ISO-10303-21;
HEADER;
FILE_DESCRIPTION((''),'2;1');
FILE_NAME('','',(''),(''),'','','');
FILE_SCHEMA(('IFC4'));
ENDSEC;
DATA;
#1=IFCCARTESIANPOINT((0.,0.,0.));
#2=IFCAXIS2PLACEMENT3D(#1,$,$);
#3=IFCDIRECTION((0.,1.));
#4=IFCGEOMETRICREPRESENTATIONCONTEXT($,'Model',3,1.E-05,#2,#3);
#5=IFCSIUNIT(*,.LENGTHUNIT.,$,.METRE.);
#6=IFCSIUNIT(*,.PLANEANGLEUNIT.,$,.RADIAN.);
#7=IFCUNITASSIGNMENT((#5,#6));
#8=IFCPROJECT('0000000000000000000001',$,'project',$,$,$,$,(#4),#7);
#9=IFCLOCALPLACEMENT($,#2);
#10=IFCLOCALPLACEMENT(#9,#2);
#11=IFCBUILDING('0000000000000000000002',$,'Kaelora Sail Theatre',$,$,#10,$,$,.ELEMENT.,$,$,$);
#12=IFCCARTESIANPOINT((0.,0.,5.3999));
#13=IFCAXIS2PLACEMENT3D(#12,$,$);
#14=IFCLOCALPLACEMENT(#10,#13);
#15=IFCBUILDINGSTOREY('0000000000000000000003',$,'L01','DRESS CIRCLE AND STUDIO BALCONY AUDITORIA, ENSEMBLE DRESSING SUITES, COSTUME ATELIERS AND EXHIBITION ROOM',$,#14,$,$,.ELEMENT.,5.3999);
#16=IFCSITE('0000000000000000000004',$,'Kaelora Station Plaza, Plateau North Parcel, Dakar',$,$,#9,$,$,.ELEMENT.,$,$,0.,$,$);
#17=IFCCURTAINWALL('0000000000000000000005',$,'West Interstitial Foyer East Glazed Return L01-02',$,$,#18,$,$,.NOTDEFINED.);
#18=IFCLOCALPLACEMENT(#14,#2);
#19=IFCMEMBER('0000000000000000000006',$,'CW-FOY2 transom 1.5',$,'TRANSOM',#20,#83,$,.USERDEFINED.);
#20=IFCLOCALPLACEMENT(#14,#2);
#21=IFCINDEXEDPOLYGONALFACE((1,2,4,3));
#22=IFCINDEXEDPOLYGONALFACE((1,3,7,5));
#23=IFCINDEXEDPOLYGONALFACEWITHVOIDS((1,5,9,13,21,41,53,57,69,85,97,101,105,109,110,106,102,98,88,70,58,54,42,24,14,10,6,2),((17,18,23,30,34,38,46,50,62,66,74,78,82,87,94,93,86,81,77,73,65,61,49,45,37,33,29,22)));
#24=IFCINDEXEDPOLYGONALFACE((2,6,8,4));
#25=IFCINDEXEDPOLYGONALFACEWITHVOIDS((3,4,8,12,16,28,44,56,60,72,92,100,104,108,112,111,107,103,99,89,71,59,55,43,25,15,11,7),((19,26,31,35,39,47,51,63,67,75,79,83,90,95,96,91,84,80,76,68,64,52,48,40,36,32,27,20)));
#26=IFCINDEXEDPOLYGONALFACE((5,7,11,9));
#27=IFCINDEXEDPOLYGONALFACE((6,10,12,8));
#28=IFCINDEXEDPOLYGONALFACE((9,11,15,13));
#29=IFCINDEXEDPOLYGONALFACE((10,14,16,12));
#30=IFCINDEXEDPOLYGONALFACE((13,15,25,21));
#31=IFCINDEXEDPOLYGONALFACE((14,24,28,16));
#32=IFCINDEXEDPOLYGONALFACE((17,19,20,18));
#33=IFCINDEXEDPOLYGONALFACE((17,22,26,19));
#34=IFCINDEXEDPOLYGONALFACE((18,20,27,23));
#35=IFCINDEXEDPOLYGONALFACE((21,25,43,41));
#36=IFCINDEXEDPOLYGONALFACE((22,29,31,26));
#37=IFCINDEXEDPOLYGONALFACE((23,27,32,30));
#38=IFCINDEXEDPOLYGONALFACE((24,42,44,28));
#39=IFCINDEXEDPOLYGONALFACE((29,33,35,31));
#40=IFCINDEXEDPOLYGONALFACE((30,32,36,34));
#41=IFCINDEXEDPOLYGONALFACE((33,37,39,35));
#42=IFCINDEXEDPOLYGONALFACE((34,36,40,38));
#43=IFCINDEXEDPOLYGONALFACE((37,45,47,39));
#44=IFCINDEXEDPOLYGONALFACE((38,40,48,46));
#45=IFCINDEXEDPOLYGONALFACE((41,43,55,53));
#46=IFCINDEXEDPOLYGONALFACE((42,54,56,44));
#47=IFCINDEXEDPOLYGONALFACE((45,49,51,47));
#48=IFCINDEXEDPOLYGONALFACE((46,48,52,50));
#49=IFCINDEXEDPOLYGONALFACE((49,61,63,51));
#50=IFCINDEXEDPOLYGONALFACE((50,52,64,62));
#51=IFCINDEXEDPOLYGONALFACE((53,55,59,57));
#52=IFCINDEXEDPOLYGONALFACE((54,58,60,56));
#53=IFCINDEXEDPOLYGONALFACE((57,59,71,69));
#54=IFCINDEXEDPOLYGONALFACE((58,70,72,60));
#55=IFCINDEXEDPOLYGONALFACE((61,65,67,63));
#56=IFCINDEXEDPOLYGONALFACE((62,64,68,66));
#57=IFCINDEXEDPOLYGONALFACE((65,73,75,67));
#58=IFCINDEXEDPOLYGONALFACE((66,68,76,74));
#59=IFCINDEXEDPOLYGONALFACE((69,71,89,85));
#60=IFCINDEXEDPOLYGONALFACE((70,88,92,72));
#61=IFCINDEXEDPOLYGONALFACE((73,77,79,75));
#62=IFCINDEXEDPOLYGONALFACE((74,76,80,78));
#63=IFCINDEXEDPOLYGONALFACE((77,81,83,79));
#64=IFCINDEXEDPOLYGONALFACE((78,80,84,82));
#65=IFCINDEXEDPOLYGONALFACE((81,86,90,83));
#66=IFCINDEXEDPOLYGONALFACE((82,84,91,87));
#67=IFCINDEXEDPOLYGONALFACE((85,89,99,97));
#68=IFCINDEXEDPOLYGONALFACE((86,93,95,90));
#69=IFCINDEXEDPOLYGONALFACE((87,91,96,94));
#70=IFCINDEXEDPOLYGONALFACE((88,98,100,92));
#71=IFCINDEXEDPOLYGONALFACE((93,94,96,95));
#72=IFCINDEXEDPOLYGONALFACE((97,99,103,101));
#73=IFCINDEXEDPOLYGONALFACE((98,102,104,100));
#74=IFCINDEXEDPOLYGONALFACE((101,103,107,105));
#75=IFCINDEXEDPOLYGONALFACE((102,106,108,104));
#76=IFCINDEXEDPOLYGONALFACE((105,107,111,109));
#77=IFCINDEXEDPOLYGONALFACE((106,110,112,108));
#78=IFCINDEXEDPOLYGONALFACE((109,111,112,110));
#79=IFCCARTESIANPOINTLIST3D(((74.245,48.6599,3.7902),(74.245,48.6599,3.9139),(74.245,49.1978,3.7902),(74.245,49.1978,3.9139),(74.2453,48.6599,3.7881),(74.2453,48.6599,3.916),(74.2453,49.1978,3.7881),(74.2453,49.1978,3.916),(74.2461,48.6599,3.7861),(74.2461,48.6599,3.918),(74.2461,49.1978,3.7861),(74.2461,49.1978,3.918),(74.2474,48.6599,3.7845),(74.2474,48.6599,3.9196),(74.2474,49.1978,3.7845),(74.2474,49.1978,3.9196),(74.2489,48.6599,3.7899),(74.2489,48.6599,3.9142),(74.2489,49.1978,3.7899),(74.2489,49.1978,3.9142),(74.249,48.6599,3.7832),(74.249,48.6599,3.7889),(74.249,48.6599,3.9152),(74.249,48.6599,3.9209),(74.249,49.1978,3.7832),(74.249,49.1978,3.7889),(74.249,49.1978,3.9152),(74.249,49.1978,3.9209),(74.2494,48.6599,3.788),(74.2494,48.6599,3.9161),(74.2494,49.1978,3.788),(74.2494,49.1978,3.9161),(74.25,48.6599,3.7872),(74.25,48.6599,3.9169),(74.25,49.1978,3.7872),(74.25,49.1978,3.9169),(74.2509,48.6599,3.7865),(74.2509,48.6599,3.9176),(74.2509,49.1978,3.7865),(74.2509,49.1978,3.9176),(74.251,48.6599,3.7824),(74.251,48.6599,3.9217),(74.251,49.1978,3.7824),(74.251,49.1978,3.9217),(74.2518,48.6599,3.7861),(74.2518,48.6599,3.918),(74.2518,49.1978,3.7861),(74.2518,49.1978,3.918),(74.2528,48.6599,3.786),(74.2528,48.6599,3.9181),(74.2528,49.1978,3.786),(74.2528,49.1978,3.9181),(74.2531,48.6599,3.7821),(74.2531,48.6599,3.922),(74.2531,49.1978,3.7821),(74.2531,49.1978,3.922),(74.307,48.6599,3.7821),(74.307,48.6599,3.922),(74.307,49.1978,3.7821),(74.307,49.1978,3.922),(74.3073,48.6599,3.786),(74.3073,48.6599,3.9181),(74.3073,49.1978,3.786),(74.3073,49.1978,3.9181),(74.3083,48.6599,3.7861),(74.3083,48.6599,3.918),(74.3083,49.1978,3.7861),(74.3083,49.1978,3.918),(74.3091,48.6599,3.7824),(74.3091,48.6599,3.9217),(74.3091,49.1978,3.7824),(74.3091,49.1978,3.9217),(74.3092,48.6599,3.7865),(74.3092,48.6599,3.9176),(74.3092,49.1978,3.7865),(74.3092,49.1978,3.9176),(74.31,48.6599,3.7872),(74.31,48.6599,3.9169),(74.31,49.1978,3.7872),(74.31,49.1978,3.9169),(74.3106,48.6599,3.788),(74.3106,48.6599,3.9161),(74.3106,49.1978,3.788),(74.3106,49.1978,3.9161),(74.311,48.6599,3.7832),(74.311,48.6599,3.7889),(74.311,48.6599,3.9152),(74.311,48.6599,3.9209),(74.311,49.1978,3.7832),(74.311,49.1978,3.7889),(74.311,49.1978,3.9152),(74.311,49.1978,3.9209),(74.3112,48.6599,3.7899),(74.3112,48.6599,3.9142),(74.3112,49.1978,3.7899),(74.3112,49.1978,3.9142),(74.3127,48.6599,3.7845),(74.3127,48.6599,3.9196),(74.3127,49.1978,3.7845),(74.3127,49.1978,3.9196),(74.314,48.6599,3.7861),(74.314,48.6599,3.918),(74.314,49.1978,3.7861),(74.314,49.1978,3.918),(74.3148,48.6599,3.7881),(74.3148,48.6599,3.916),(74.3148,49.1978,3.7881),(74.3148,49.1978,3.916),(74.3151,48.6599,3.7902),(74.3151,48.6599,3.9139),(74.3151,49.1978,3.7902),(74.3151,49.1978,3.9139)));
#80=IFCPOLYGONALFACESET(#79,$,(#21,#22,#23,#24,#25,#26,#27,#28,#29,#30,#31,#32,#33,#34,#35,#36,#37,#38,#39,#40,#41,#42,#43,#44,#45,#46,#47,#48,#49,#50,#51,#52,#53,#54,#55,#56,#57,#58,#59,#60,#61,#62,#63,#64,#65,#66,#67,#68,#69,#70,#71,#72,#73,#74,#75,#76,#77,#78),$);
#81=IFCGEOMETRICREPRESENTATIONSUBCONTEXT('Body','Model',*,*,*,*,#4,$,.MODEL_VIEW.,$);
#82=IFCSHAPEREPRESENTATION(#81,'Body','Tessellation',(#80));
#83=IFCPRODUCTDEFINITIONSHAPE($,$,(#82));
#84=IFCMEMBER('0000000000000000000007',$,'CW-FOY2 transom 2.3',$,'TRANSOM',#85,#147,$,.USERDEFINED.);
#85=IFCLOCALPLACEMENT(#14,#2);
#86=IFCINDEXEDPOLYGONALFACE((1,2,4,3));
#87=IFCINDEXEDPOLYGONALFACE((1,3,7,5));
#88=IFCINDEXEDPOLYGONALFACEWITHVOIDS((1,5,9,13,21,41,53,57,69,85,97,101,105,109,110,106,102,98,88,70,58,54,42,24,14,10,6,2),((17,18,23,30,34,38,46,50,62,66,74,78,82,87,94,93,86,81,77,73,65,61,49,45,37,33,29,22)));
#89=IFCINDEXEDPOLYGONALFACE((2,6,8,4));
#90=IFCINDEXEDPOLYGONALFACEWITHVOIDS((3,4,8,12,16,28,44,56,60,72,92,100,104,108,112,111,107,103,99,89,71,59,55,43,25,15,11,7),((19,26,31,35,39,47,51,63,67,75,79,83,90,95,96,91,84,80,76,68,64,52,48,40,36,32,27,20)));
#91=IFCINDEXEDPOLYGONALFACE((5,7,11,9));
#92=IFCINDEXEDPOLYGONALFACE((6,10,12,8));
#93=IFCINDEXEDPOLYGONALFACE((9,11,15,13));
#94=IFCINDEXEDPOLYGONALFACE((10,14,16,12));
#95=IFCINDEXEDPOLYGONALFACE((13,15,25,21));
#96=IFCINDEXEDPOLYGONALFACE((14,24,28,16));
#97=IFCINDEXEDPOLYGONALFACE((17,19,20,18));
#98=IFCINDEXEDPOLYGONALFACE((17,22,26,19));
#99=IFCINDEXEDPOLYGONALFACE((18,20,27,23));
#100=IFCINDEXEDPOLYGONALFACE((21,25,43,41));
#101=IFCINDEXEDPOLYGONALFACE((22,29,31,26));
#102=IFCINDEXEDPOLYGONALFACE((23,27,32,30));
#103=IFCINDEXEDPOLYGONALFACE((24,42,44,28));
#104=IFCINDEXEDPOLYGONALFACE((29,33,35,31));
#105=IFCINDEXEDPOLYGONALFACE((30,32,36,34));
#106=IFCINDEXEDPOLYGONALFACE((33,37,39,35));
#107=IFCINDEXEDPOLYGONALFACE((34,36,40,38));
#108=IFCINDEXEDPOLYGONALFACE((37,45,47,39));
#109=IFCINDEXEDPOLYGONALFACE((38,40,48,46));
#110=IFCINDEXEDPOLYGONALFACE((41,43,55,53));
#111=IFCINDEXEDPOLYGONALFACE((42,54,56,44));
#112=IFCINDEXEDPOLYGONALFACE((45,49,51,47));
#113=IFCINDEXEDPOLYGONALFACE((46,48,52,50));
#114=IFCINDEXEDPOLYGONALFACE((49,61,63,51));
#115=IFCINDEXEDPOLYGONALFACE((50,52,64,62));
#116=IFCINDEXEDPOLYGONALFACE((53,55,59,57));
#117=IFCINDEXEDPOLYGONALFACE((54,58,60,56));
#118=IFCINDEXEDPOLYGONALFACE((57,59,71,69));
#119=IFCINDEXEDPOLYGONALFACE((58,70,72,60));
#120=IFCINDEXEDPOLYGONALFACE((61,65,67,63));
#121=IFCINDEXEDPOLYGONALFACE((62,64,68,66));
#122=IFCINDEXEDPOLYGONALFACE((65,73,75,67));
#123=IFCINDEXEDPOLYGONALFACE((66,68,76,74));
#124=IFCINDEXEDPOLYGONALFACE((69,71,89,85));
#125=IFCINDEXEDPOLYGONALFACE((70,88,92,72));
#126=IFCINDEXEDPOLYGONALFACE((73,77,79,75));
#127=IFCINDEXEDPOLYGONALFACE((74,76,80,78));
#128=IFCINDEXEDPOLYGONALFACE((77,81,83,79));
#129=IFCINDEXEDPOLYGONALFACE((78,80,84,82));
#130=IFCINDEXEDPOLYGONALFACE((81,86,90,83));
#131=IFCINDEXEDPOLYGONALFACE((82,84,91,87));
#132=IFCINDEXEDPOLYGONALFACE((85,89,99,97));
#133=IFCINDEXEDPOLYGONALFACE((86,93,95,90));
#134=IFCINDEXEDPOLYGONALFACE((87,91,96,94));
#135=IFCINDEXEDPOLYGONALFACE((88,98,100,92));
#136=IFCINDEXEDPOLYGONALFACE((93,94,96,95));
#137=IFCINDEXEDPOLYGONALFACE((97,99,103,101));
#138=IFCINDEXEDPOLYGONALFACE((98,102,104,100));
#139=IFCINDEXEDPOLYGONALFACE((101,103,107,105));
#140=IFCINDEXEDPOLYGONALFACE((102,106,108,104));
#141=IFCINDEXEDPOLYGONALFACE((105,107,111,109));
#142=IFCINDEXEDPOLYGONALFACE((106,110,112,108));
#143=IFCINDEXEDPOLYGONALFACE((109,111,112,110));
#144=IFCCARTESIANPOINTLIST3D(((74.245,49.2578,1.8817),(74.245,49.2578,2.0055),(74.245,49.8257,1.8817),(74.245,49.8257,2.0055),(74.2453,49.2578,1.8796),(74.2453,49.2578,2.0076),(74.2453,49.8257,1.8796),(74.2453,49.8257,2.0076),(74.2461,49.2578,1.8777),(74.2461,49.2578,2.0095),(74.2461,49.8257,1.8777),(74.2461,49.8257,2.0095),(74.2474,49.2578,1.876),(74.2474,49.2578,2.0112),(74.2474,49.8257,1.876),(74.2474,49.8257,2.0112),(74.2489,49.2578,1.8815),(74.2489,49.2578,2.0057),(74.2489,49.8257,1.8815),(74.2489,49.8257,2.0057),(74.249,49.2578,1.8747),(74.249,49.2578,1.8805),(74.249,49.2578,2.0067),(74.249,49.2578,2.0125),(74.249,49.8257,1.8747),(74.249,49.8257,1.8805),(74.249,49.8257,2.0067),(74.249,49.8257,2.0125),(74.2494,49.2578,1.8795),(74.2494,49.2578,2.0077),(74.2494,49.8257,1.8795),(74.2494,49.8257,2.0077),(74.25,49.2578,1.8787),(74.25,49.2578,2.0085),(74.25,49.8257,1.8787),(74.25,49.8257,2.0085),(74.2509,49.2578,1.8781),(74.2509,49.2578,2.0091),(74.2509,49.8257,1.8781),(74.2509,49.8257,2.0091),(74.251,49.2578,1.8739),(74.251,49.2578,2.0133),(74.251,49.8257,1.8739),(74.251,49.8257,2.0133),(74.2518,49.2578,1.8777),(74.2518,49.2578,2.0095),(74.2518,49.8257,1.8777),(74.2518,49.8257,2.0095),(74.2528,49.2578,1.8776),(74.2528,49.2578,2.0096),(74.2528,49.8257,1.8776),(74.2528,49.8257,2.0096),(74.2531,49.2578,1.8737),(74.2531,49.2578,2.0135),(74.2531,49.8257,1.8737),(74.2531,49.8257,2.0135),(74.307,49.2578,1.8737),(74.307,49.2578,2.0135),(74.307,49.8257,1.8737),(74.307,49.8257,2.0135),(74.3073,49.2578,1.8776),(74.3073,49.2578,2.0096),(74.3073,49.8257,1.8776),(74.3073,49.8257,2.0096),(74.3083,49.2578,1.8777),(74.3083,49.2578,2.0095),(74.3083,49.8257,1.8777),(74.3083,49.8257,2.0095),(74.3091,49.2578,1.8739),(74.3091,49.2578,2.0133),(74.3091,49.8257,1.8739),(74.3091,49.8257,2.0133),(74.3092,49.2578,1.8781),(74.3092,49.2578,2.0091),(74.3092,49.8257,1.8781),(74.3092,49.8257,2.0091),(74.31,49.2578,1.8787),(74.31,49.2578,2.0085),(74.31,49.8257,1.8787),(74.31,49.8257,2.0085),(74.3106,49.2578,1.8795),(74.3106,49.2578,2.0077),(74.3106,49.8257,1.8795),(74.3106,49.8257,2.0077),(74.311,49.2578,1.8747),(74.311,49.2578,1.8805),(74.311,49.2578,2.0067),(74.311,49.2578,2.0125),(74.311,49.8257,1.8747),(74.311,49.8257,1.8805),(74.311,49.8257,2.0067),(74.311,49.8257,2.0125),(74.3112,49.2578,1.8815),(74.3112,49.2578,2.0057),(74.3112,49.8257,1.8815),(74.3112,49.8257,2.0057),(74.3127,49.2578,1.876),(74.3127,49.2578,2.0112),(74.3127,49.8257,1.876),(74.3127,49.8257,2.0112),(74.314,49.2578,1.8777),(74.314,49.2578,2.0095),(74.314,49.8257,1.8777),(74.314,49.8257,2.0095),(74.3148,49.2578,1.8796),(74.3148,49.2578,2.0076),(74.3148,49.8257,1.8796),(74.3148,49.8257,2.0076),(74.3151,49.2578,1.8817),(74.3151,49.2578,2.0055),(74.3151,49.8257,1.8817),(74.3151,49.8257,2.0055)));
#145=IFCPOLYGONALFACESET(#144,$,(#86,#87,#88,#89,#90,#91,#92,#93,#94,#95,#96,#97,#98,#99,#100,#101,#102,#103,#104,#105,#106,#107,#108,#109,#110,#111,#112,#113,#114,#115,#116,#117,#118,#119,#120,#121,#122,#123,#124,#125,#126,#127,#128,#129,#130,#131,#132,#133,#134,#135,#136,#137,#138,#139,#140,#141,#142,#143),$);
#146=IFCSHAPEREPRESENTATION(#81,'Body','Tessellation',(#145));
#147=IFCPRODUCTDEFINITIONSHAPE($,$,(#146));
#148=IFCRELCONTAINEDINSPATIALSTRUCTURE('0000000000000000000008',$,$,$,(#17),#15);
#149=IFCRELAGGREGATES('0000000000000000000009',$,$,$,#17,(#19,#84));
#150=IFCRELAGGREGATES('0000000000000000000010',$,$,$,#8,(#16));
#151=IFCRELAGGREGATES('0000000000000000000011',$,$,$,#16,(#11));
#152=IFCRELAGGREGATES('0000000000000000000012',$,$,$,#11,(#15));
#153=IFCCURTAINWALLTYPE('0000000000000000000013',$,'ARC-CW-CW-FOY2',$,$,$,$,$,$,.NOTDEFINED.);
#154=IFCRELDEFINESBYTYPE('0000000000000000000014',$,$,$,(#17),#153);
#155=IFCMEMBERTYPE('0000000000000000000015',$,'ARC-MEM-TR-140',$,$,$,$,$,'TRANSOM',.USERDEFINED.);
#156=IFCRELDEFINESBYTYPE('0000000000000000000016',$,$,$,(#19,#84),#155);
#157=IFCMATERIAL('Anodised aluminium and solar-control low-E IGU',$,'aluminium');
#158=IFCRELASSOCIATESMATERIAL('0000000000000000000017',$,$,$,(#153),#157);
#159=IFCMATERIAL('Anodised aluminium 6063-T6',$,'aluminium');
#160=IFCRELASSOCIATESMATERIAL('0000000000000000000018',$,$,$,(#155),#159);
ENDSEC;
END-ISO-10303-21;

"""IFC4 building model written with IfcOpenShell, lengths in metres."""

from ifc_helpers import new_model, si_unit, direction, frame, origin, origin_2d, place, context, subcontext, project, spatial, hollow_rectangle, extrude, material, material_profile, profile_set, type_object, element, aggregate, save


model = new_model("IFC4")

# Units and contexts
model_context = context("Model", 3, precision=1e-05, world=origin(), true_north=direction((0.0, 1.0)))
body_context = subcontext(model_context, "Body", "Model", "MODEL_VIEW")
ifc_project = project(units=[si_unit("LENGTHUNIT", "METRE"), si_unit("PLANEANGLEUNIT", "RADIAN")], contexts=[model_context])

# Site, building, storey
site_placement = place(None, origin())
site = spatial("IfcSite", under=ifc_project, at=site_placement, Name="Kaelora Station Plaza, Plateau North Parcel, Dakar", CompositionType="ELEMENT", RefElevation=0.0)
building_placement = place(site_placement, origin())
building = spatial("IfcBuilding", under=site, at=building_placement, Name="Kaelora Sail Theatre", CompositionType="ELEMENT")
storey_placement = place(building_placement, frame((0.0, 0.0, 5.3999)))
storey = spatial("IfcBuildingStorey", under=building, at=storey_placement, Name="L01", Description="DRESS CIRCLE AND STUDIO BALCONY AUDITORIA, ENSEMBLE DRESSING SUITES, COSTUME ATELIERS AND EXHIBITION ROOM", CompositionType="ELEMENT", Elevation=5.3999)

# Curtain wall, members
ifc_material_1 = material(Name="Anodised aluminium and solar-control low-E IGU", Category="aluminium")
curtain_wall_type = type_object("IfcCurtainWallType", Name="ARC-CW-CW-FOY2", PredefinedType="NOTDEFINED", material=ifc_material_1)
curtain_wall_1_placement = place(storey_placement, origin())
curtain_wall_1 = element("IfcCurtainWall", 1, at=curtain_wall_1_placement, inside=storey, type_object=curtain_wall_type, Name="West Interstitial Foyer East Glazed Return L01-02", PredefinedType="NOTDEFINED")
ifc_material_2 = material(Name="Anodised aluminium 6063-T6", Category="aluminium")
ifc_material_profile = material_profile(ifc_material_2, hollow_rectangle(XDim=0.0701, YDim=0.1399, WallThickness=0.0039, InnerFilletRadius=0.0039, OuterFilletRadius=0.0081, at=origin_2d()), Name="ALU-TRAN 70x140x4")
ifc_profile_set = profile_set([ifc_material_profile], Name="Anodised aluminium 6063-T6")
member_type = type_object("IfcMemberType", Name="ARC-MEM-TR-140", ElementType="TRANSOM", PredefinedType="USERDEFINED", material=ifc_profile_set)
member_1_placement = place(storey_placement, frame((74.28, 48.6599, 3.8521), z_axis=(0.0, 1.0, 0.0), x_axis=(-1.0, 0.0, 0.0)))
member_1 = element("IfcMember", 2, at=member_1_placement, type_object=member_type, Name="CW-FOY2 transom 1.5", ObjectType="TRANSOM", PredefinedType="USERDEFINED", context=body_context, shape_type="SweptSolid", body=[
    extrude(hollow_rectangle(XDim=0.0701, YDim=0.1399, WallThickness=0.0039, InnerFilletRadius=0.0039, OuterFilletRadius=0.0081, at=origin_2d()), origin(), (0.0, 0.0, 1.0), 0.5378),
])
member_2_placement = place(storey_placement, frame((74.28, 49.2578, 1.9436), z_axis=(0.0, 1.0, 0.0), x_axis=(-1.0, 0.0, 0.0)))
member_2 = element("IfcMember", 3, at=member_2_placement, type_object=member_type, Name="CW-FOY2 transom 2.3", ObjectType="TRANSOM", PredefinedType="USERDEFINED", context=body_context, shape_type="SweptSolid", body=[
    extrude(hollow_rectangle(XDim=0.0701, YDim=0.1399, WallThickness=0.0039, InnerFilletRadius=0.0039, OuterFilletRadius=0.0081, at=origin_2d()), origin(), (0.0, 0.0, 1.0), 0.5679),
])

aggregate(curtain_wall_1, [member_1, member_2])

save(model, "model.ifc")
